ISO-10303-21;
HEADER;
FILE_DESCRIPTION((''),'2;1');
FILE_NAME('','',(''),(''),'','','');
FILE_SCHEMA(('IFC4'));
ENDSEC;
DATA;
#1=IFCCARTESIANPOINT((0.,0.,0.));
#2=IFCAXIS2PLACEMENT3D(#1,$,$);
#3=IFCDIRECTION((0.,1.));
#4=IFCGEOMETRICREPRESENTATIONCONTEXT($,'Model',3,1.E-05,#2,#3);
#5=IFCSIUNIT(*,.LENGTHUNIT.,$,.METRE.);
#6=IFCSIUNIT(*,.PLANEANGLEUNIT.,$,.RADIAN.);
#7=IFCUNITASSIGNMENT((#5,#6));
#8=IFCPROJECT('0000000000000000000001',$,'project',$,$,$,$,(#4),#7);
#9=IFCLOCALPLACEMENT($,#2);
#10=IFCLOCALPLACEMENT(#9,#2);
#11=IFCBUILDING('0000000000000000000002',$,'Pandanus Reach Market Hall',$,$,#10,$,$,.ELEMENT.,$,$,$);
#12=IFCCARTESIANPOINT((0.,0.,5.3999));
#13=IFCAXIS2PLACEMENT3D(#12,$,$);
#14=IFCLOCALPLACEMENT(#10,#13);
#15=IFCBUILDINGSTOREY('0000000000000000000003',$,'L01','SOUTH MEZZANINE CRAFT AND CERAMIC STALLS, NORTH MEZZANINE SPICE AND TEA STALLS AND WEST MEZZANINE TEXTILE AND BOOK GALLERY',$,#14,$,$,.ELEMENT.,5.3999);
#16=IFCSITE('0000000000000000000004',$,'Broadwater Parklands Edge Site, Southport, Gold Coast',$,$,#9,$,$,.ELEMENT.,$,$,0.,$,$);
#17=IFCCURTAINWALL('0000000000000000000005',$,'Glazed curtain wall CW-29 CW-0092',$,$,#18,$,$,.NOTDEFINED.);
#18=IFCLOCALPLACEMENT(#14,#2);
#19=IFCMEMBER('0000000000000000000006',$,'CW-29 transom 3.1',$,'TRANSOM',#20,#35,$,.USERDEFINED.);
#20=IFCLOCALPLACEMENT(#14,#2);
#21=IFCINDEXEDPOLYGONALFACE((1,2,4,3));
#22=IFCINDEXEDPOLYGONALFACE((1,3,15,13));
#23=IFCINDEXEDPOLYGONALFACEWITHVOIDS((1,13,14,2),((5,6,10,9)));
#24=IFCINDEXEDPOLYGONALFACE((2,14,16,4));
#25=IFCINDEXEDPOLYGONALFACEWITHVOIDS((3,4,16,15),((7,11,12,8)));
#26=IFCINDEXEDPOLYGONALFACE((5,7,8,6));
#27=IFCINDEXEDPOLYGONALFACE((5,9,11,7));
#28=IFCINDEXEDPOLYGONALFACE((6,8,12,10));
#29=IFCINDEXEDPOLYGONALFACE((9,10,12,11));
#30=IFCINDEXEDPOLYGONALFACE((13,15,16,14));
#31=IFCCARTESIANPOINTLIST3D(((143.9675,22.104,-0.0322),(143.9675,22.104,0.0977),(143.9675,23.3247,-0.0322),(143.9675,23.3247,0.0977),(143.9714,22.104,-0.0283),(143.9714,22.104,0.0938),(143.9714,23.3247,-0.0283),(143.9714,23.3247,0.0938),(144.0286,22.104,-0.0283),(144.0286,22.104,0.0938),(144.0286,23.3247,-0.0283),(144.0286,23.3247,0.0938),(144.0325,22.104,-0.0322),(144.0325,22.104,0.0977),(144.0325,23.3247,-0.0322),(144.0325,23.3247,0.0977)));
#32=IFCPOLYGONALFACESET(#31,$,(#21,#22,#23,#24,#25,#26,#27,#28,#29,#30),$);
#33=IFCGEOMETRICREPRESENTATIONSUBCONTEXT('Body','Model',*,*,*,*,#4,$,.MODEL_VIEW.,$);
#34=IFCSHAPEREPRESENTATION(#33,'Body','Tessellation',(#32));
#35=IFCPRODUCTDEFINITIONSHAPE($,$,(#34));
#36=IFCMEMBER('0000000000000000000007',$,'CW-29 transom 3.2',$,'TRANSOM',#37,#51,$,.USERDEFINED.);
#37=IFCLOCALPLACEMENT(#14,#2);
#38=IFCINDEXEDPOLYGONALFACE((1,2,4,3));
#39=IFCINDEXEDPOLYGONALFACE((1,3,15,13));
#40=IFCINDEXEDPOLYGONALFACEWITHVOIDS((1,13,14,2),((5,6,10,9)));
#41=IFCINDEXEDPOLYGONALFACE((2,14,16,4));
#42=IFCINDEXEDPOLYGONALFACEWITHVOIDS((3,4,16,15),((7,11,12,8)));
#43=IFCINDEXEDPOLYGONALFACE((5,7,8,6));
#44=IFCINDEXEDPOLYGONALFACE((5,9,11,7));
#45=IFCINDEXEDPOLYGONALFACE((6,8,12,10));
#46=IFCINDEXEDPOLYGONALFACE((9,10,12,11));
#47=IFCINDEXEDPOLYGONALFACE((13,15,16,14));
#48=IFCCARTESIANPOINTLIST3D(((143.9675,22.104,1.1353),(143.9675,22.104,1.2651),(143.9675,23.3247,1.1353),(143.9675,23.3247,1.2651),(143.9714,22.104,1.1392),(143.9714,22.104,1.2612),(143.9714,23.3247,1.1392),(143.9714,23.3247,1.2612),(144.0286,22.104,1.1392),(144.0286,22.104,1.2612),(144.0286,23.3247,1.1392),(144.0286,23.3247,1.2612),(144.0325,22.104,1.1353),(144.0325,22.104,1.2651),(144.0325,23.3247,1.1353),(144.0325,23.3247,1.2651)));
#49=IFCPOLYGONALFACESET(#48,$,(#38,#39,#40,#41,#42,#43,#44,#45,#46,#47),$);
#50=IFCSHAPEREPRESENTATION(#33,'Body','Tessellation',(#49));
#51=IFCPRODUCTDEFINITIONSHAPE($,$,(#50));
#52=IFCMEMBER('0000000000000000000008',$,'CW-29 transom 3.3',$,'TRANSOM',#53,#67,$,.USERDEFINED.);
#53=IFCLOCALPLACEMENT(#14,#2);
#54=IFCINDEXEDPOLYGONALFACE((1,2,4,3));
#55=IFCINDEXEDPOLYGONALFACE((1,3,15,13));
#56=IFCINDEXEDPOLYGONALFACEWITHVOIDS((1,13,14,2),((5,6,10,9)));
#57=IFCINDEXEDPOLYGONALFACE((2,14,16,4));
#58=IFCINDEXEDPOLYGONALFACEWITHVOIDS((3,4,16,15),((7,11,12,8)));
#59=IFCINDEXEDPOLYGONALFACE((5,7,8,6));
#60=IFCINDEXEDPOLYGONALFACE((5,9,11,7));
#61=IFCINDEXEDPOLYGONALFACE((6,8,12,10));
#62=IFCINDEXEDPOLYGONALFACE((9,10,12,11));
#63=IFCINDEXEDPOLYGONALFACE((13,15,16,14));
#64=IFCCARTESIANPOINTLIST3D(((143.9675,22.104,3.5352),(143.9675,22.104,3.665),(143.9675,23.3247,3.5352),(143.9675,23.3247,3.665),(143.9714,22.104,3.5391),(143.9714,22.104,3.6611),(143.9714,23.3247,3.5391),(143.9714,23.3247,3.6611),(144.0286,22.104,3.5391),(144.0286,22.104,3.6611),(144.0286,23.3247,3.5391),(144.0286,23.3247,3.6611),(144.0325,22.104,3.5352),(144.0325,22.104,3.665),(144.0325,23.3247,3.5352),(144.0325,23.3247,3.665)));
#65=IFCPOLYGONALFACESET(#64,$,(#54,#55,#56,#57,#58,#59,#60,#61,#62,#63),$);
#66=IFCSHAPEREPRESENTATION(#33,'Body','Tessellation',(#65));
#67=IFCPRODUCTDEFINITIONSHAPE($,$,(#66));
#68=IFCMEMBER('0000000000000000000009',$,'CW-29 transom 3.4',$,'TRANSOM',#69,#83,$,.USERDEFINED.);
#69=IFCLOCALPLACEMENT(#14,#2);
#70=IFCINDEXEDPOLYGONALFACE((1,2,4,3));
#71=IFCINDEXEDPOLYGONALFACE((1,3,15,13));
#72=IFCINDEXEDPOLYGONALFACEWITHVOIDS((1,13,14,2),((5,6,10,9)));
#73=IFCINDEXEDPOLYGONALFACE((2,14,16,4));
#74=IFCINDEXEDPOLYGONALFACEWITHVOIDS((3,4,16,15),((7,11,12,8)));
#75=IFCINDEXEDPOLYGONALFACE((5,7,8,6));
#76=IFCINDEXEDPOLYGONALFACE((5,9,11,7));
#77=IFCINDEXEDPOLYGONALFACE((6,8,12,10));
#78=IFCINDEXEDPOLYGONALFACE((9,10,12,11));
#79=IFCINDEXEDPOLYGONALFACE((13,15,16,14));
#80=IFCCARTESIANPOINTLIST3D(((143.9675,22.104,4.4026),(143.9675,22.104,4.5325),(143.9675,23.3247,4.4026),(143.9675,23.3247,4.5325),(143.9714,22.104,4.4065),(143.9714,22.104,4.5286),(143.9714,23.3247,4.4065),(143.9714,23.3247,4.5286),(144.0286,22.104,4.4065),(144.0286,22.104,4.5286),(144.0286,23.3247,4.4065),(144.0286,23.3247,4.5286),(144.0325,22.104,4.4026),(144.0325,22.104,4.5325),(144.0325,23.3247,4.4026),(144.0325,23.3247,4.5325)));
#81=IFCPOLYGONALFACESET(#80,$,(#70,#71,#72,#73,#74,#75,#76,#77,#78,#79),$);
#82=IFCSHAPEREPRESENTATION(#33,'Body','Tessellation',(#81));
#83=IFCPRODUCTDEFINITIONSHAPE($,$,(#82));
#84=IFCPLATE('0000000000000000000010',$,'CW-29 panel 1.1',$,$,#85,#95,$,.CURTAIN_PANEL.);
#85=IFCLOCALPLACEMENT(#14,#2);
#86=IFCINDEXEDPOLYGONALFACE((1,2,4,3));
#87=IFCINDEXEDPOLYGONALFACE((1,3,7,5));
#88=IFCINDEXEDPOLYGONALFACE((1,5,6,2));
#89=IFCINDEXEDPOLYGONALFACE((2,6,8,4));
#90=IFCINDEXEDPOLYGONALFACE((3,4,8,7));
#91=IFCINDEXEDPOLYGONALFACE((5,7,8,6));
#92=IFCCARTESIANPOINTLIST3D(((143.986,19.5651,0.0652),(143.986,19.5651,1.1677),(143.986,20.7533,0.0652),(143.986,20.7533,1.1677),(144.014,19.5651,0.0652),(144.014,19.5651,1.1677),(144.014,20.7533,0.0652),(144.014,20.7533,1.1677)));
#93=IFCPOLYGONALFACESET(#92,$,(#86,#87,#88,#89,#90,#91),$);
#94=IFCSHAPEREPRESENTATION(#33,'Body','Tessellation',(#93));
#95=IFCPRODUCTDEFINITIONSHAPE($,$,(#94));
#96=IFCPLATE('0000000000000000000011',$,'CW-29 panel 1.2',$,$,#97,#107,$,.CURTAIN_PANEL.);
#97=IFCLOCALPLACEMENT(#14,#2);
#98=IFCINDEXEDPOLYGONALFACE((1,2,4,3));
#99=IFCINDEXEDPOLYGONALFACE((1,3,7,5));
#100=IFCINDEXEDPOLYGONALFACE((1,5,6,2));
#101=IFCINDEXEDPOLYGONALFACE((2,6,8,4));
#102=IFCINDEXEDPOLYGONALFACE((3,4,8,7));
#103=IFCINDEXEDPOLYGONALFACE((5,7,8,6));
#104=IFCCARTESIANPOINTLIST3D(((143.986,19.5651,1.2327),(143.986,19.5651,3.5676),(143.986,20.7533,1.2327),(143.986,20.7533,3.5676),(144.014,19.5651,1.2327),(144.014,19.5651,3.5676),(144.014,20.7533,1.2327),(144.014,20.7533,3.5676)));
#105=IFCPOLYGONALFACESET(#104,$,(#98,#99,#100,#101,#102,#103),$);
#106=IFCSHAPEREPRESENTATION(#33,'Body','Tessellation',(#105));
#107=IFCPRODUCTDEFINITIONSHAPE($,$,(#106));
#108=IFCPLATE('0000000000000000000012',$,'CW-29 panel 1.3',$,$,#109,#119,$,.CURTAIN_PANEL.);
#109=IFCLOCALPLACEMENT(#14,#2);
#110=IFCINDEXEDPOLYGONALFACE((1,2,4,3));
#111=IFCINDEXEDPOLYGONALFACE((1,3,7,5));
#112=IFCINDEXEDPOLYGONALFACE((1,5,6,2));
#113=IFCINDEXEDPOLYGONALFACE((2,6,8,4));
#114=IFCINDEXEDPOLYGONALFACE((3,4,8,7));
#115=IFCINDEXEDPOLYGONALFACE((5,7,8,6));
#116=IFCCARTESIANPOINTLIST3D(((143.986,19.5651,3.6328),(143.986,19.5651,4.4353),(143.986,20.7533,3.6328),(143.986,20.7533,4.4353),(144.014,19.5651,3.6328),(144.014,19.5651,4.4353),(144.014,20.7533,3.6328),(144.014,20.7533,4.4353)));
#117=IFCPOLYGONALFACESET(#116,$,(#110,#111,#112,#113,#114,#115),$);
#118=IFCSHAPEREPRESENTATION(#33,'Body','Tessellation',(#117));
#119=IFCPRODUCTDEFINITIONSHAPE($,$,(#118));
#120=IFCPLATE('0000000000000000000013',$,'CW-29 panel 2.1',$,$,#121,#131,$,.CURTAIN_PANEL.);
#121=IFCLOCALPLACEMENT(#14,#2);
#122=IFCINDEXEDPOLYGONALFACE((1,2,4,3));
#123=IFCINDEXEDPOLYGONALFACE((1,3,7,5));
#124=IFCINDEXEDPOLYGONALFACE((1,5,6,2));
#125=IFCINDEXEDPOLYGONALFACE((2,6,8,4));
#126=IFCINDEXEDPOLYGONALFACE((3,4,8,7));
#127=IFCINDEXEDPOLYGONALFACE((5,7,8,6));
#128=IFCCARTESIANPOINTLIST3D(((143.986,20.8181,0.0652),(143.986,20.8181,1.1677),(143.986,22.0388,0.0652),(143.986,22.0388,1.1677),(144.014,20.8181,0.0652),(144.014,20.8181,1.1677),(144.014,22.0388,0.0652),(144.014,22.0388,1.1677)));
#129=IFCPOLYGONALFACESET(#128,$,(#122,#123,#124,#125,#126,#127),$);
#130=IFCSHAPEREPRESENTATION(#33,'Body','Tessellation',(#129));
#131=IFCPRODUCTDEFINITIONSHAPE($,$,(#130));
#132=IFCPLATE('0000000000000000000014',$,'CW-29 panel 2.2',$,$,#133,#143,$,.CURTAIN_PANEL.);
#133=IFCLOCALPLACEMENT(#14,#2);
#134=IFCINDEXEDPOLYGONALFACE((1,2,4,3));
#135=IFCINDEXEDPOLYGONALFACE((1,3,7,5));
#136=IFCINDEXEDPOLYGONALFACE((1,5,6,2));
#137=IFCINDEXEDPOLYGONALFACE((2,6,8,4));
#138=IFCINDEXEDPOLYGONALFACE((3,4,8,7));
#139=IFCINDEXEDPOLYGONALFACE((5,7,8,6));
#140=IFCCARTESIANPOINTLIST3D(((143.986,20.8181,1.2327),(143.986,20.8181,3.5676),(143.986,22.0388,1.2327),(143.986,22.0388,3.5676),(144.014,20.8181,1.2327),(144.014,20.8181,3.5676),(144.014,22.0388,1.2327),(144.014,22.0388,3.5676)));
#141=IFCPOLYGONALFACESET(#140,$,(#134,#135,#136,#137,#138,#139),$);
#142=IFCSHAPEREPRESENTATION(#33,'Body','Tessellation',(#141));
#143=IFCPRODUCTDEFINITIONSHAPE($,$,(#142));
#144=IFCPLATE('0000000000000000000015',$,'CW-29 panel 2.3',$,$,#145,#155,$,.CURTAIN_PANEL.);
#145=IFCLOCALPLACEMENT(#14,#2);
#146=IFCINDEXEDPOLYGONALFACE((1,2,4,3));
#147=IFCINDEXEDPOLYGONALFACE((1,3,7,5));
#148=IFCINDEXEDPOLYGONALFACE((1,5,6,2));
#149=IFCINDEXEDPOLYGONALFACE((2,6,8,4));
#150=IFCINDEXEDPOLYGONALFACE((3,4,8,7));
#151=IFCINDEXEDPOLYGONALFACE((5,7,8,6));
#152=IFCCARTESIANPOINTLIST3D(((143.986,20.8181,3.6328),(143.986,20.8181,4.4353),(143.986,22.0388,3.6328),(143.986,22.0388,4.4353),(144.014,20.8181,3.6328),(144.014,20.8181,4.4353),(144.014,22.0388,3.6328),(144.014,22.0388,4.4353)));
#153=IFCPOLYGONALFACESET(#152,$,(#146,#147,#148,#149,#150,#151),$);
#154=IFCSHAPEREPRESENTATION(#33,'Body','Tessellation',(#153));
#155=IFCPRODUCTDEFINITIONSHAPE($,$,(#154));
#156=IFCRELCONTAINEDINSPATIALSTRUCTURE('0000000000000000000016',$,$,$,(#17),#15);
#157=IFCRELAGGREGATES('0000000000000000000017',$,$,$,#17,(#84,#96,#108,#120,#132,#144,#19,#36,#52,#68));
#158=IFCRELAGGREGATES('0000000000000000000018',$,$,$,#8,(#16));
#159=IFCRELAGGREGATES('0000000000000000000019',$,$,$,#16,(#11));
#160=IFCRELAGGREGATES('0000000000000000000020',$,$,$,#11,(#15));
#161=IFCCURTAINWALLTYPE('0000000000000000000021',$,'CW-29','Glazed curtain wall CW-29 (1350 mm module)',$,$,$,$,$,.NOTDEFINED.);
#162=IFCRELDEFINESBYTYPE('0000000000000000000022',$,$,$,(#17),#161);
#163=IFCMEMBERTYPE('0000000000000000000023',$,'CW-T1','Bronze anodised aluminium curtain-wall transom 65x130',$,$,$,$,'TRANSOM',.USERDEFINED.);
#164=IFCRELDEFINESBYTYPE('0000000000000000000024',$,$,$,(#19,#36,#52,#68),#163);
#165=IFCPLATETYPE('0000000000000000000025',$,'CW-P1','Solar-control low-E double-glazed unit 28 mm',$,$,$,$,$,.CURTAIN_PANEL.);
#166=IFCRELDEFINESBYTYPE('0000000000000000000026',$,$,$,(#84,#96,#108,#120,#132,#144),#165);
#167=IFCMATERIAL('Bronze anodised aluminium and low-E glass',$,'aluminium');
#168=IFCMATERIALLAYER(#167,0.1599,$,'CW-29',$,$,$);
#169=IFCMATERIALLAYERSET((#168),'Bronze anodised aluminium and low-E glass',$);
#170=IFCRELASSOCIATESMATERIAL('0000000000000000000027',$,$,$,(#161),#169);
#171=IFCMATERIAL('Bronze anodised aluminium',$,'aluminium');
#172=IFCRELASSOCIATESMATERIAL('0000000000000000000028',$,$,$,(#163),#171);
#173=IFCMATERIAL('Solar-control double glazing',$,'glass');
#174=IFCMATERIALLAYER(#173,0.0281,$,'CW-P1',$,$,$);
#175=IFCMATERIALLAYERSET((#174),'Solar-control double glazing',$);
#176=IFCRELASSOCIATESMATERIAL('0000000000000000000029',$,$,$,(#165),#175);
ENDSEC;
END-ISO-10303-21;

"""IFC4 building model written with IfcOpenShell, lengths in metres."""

from ifc_helpers import new_model, si_unit, direction, frame, origin, origin_2d, place, context, subcontext, project, spatial, rectangle, hollow_rectangle, extrude, material, layer, layer_set, material_profile, profile_set, type_object, element, aggregate, save


model = new_model("IFC4")

# Units and contexts
model_context = context("Model", 3, precision=1e-05, world=origin(), true_north=direction((0.0, 1.0)))
body_context = subcontext(model_context, "Body", "Model", "MODEL_VIEW")
ifc_project = project(units=[si_unit("LENGTHUNIT", "METRE"), si_unit("PLANEANGLEUNIT", "RADIAN")], contexts=[model_context])

# Site, building, storey
site_placement = place(None, origin())
site = spatial("IfcSite", under=ifc_project, at=site_placement, Name="Broadwater Parklands Edge Site, Southport, Gold Coast", CompositionType="ELEMENT", RefElevation=0.0)
building_placement = place(site_placement, origin())
building = spatial("IfcBuilding", under=site, at=building_placement, Name="Pandanus Reach Market Hall", CompositionType="ELEMENT")
storey_placement = place(building_placement, frame((0.0, 0.0, 5.3999)))
storey = spatial("IfcBuildingStorey", under=building, at=storey_placement, Name="L01", Description="SOUTH MEZZANINE CRAFT AND CERAMIC STALLS, NORTH MEZZANINE SPICE AND TEA STALLS AND WEST MEZZANINE TEXTILE AND BOOK GALLERY", CompositionType="ELEMENT", Elevation=5.3999)

# Curtain wall, members, plates
ifc_material_1 = material(Name="Bronze anodised aluminium and low-E glass", Category="aluminium")
ifc_layer_1 = layer(ifc_material_1, 0.1599, Name="CW-29")
ifc_layer_set_1 = layer_set([ifc_layer_1], Name="Bronze anodised aluminium and low-E glass")
curtain_wall_type = type_object("IfcCurtainWallType", Name="CW-29", Description="Glazed curtain wall CW-29 (1350 mm module)", PredefinedType="NOTDEFINED", material=ifc_layer_set_1)
curtain_wall_placement = place(storey_placement, origin())
curtain_wall = element("IfcCurtainWall", 1, at=curtain_wall_placement, inside=storey, type_object=curtain_wall_type, Name="Glazed curtain wall CW-29 CW-0092", PredefinedType="NOTDEFINED")
ifc_material_2 = material(Name="Bronze anodised aluminium", Category="aluminium")
ifc_material_profile_1 = material_profile(ifc_material_2, hollow_rectangle(XDim=0.0649, YDim=0.1299, WallThickness=0.0039, at=origin_2d()), Name="ALU65x130", Category="LoadBearing")
ifc_profile_set_1 = profile_set([ifc_material_profile_1], Name="Bronze anodised aluminium")
member_type_1 = type_object("IfcMemberType", Name="CW-T1", Description="Bronze anodised aluminium curtain-wall transom 65x130", ElementType="TRANSOM", PredefinedType="USERDEFINED", material=ifc_profile_set_1)
member_1_placement = place(storey_placement, frame((144.0, 22.104, 0.0327), z_axis=(0.0, 1.0, 0.0), x_axis=(-1.0, 0.0, 0.0)))
member_1 = element("IfcMember", 2, at=member_1_placement, type_object=member_type_1, Name="CW-29 transom 3.1", ObjectType="TRANSOM", PredefinedType="USERDEFINED", context=body_context, shape_type="SweptSolid", body=[
    extrude(hollow_rectangle(XDim=0.0649, YDim=0.1299, WallThickness=0.0039, at=origin_2d()), origin(), (0.0, 0.0, 1.0), 1.2207),
])
member_2_placement = place(storey_placement, frame((144.0, 22.104, 1.2002), z_axis=(0.0, 1.0, 0.0), x_axis=(-1.0, 0.0, 0.0)))
member_2 = element("IfcMember", 3, at=member_2_placement, type_object=member_type_1, Name="CW-29 transom 3.2", ObjectType="TRANSOM", PredefinedType="USERDEFINED", context=body_context, shape_type="SweptSolid", body=[
    extrude(hollow_rectangle(XDim=0.0649, YDim=0.1299, WallThickness=0.0039, at=origin_2d()), origin(), (0.0, 0.0, 1.0), 1.2207),
])
member_3_placement = place(storey_placement, frame((144.0, 22.104, 3.6001), z_axis=(0.0, 1.0, 0.0), x_axis=(-1.0, 0.0, 0.0)))
member_3 = element("IfcMember", 4, at=member_3_placement, type_object=member_type_1, Name="CW-29 transom 3.3", ObjectType="TRANSOM", PredefinedType="USERDEFINED", context=body_context, shape_type="SweptSolid", body=[
    extrude(hollow_rectangle(XDim=0.0649, YDim=0.1299, WallThickness=0.0039, at=origin_2d()), origin(), (0.0, 0.0, 1.0), 1.2207),
])
member_4_placement = place(storey_placement, frame((144.0, 22.104, 4.4675), z_axis=(0.0, 1.0, 0.0), x_axis=(-1.0, 0.0, 0.0)))
member_4 = element("IfcMember", 5, at=member_4_placement, type_object=member_type_1, Name="CW-29 transom 3.4", ObjectType="TRANSOM", PredefinedType="USERDEFINED", context=body_context, shape_type="SweptSolid", body=[
    extrude(hollow_rectangle(XDim=0.0649, YDim=0.1299, WallThickness=0.0039, at=origin_2d()), origin(), (0.0, 0.0, 1.0), 1.2207),
])
ifc_material_3 = material(Name="Solar-control double glazing", Category="glass")
ifc_layer_2 = layer(ifc_material_3, 0.0281, Name="CW-P1")
ifc_layer_set_2 = layer_set([ifc_layer_2], Name="Solar-control double glazing")
plate_type = type_object("IfcPlateType", Name="CW-P1", Description="Solar-control low-E double-glazed unit 28 mm", PredefinedType="CURTAIN_PANEL", material=ifc_layer_set_2)
plate_1_placement = place(storey_placement, frame((144.0, 20.1592, 0.0652), z_axis=(0.0, 0.0, 1.0), x_axis=(0.0, 1.0, 0.0)))
plate_1 = element("IfcPlate", 6, at=plate_1_placement, type_object=plate_type, Name="CW-29 panel 1.1", PredefinedType="CURTAIN_PANEL", context=body_context, shape_type="SweptSolid", body=[
    extrude(rectangle(XDim=1.1882, YDim=0.0281, at=origin_2d()), origin(), (0.0, 0.0, 1.0), 1.1025),
])
plate_2_placement = place(storey_placement, frame((144.0, 20.1592, 1.2327), z_axis=(0.0, 0.0, 1.0), x_axis=(0.0, 1.0, 0.0)))
plate_2 = element("IfcPlate", 7, at=plate_2_placement, type_object=plate_type, Name="CW-29 panel 1.2", PredefinedType="CURTAIN_PANEL", context=body_context, shape_type="SweptSolid", body=[
    extrude(rectangle(XDim=1.1882, YDim=0.0281, at=origin_2d()), origin(), (0.0, 0.0, 1.0), 2.335),
])
plate_3_placement = place(storey_placement, frame((144.0, 20.1592, 3.6328), z_axis=(0.0, 0.0, 1.0), x_axis=(0.0, 1.0, 0.0)))
plate_3 = element("IfcPlate", 8, at=plate_3_placement, type_object=plate_type, Name="CW-29 panel 1.3", PredefinedType="CURTAIN_PANEL", context=body_context, shape_type="SweptSolid", body=[
    extrude(rectangle(XDim=1.1882, YDim=0.0281, at=origin_2d()), origin(), (0.0, 0.0, 1.0), 0.8025),
])
plate_4_placement = place(storey_placement, frame((144.0, 21.4285, 0.0652), z_axis=(0.0, 0.0, 1.0), x_axis=(0.0, 1.0, 0.0)))
plate_4 = element("IfcPlate", 9, at=plate_4_placement, type_object=plate_type, Name="CW-29 panel 2.1", PredefinedType="CURTAIN_PANEL", context=body_context, shape_type="SweptSolid", body=[
    extrude(rectangle(XDim=1.2207, YDim=0.0281, at=origin_2d()), origin(), (0.0, 0.0, 1.0), 1.1025),
])
plate_5_placement = place(storey_placement, frame((144.0, 21.4285, 1.2327), z_axis=(0.0, 0.0, 1.0), x_axis=(0.0, 1.0, 0.0)))
plate_5 = element("IfcPlate", 10, at=plate_5_placement, type_object=plate_type, Name="CW-29 panel 2.2", PredefinedType="CURTAIN_PANEL", context=body_context, shape_type="SweptSolid", body=[
    extrude(rectangle(XDim=1.2207, YDim=0.0281, at=origin_2d()), origin(), (0.0, 0.0, 1.0), 2.335),
])
plate_6_placement = place(storey_placement, frame((144.0, 21.4285, 3.6328), z_axis=(0.0, 0.0, 1.0), x_axis=(0.0, 1.0, 0.0)))
plate_6 = element("IfcPlate", 11, at=plate_6_placement, type_object=plate_type, Name="CW-29 panel 2.3", PredefinedType="CURTAIN_PANEL", context=body_context, shape_type="SweptSolid", body=[
    extrude(rectangle(XDim=1.2207, YDim=0.0281, at=origin_2d()), origin(), (0.0, 0.0, 1.0), 0.8025),
])
aggregate(curtain_wall, [plate_1, plate_2, plate_3, plate_4, plate_5, plate_6, member_1, member_2, member_3, member_4])

save(model, "model.ifc")
